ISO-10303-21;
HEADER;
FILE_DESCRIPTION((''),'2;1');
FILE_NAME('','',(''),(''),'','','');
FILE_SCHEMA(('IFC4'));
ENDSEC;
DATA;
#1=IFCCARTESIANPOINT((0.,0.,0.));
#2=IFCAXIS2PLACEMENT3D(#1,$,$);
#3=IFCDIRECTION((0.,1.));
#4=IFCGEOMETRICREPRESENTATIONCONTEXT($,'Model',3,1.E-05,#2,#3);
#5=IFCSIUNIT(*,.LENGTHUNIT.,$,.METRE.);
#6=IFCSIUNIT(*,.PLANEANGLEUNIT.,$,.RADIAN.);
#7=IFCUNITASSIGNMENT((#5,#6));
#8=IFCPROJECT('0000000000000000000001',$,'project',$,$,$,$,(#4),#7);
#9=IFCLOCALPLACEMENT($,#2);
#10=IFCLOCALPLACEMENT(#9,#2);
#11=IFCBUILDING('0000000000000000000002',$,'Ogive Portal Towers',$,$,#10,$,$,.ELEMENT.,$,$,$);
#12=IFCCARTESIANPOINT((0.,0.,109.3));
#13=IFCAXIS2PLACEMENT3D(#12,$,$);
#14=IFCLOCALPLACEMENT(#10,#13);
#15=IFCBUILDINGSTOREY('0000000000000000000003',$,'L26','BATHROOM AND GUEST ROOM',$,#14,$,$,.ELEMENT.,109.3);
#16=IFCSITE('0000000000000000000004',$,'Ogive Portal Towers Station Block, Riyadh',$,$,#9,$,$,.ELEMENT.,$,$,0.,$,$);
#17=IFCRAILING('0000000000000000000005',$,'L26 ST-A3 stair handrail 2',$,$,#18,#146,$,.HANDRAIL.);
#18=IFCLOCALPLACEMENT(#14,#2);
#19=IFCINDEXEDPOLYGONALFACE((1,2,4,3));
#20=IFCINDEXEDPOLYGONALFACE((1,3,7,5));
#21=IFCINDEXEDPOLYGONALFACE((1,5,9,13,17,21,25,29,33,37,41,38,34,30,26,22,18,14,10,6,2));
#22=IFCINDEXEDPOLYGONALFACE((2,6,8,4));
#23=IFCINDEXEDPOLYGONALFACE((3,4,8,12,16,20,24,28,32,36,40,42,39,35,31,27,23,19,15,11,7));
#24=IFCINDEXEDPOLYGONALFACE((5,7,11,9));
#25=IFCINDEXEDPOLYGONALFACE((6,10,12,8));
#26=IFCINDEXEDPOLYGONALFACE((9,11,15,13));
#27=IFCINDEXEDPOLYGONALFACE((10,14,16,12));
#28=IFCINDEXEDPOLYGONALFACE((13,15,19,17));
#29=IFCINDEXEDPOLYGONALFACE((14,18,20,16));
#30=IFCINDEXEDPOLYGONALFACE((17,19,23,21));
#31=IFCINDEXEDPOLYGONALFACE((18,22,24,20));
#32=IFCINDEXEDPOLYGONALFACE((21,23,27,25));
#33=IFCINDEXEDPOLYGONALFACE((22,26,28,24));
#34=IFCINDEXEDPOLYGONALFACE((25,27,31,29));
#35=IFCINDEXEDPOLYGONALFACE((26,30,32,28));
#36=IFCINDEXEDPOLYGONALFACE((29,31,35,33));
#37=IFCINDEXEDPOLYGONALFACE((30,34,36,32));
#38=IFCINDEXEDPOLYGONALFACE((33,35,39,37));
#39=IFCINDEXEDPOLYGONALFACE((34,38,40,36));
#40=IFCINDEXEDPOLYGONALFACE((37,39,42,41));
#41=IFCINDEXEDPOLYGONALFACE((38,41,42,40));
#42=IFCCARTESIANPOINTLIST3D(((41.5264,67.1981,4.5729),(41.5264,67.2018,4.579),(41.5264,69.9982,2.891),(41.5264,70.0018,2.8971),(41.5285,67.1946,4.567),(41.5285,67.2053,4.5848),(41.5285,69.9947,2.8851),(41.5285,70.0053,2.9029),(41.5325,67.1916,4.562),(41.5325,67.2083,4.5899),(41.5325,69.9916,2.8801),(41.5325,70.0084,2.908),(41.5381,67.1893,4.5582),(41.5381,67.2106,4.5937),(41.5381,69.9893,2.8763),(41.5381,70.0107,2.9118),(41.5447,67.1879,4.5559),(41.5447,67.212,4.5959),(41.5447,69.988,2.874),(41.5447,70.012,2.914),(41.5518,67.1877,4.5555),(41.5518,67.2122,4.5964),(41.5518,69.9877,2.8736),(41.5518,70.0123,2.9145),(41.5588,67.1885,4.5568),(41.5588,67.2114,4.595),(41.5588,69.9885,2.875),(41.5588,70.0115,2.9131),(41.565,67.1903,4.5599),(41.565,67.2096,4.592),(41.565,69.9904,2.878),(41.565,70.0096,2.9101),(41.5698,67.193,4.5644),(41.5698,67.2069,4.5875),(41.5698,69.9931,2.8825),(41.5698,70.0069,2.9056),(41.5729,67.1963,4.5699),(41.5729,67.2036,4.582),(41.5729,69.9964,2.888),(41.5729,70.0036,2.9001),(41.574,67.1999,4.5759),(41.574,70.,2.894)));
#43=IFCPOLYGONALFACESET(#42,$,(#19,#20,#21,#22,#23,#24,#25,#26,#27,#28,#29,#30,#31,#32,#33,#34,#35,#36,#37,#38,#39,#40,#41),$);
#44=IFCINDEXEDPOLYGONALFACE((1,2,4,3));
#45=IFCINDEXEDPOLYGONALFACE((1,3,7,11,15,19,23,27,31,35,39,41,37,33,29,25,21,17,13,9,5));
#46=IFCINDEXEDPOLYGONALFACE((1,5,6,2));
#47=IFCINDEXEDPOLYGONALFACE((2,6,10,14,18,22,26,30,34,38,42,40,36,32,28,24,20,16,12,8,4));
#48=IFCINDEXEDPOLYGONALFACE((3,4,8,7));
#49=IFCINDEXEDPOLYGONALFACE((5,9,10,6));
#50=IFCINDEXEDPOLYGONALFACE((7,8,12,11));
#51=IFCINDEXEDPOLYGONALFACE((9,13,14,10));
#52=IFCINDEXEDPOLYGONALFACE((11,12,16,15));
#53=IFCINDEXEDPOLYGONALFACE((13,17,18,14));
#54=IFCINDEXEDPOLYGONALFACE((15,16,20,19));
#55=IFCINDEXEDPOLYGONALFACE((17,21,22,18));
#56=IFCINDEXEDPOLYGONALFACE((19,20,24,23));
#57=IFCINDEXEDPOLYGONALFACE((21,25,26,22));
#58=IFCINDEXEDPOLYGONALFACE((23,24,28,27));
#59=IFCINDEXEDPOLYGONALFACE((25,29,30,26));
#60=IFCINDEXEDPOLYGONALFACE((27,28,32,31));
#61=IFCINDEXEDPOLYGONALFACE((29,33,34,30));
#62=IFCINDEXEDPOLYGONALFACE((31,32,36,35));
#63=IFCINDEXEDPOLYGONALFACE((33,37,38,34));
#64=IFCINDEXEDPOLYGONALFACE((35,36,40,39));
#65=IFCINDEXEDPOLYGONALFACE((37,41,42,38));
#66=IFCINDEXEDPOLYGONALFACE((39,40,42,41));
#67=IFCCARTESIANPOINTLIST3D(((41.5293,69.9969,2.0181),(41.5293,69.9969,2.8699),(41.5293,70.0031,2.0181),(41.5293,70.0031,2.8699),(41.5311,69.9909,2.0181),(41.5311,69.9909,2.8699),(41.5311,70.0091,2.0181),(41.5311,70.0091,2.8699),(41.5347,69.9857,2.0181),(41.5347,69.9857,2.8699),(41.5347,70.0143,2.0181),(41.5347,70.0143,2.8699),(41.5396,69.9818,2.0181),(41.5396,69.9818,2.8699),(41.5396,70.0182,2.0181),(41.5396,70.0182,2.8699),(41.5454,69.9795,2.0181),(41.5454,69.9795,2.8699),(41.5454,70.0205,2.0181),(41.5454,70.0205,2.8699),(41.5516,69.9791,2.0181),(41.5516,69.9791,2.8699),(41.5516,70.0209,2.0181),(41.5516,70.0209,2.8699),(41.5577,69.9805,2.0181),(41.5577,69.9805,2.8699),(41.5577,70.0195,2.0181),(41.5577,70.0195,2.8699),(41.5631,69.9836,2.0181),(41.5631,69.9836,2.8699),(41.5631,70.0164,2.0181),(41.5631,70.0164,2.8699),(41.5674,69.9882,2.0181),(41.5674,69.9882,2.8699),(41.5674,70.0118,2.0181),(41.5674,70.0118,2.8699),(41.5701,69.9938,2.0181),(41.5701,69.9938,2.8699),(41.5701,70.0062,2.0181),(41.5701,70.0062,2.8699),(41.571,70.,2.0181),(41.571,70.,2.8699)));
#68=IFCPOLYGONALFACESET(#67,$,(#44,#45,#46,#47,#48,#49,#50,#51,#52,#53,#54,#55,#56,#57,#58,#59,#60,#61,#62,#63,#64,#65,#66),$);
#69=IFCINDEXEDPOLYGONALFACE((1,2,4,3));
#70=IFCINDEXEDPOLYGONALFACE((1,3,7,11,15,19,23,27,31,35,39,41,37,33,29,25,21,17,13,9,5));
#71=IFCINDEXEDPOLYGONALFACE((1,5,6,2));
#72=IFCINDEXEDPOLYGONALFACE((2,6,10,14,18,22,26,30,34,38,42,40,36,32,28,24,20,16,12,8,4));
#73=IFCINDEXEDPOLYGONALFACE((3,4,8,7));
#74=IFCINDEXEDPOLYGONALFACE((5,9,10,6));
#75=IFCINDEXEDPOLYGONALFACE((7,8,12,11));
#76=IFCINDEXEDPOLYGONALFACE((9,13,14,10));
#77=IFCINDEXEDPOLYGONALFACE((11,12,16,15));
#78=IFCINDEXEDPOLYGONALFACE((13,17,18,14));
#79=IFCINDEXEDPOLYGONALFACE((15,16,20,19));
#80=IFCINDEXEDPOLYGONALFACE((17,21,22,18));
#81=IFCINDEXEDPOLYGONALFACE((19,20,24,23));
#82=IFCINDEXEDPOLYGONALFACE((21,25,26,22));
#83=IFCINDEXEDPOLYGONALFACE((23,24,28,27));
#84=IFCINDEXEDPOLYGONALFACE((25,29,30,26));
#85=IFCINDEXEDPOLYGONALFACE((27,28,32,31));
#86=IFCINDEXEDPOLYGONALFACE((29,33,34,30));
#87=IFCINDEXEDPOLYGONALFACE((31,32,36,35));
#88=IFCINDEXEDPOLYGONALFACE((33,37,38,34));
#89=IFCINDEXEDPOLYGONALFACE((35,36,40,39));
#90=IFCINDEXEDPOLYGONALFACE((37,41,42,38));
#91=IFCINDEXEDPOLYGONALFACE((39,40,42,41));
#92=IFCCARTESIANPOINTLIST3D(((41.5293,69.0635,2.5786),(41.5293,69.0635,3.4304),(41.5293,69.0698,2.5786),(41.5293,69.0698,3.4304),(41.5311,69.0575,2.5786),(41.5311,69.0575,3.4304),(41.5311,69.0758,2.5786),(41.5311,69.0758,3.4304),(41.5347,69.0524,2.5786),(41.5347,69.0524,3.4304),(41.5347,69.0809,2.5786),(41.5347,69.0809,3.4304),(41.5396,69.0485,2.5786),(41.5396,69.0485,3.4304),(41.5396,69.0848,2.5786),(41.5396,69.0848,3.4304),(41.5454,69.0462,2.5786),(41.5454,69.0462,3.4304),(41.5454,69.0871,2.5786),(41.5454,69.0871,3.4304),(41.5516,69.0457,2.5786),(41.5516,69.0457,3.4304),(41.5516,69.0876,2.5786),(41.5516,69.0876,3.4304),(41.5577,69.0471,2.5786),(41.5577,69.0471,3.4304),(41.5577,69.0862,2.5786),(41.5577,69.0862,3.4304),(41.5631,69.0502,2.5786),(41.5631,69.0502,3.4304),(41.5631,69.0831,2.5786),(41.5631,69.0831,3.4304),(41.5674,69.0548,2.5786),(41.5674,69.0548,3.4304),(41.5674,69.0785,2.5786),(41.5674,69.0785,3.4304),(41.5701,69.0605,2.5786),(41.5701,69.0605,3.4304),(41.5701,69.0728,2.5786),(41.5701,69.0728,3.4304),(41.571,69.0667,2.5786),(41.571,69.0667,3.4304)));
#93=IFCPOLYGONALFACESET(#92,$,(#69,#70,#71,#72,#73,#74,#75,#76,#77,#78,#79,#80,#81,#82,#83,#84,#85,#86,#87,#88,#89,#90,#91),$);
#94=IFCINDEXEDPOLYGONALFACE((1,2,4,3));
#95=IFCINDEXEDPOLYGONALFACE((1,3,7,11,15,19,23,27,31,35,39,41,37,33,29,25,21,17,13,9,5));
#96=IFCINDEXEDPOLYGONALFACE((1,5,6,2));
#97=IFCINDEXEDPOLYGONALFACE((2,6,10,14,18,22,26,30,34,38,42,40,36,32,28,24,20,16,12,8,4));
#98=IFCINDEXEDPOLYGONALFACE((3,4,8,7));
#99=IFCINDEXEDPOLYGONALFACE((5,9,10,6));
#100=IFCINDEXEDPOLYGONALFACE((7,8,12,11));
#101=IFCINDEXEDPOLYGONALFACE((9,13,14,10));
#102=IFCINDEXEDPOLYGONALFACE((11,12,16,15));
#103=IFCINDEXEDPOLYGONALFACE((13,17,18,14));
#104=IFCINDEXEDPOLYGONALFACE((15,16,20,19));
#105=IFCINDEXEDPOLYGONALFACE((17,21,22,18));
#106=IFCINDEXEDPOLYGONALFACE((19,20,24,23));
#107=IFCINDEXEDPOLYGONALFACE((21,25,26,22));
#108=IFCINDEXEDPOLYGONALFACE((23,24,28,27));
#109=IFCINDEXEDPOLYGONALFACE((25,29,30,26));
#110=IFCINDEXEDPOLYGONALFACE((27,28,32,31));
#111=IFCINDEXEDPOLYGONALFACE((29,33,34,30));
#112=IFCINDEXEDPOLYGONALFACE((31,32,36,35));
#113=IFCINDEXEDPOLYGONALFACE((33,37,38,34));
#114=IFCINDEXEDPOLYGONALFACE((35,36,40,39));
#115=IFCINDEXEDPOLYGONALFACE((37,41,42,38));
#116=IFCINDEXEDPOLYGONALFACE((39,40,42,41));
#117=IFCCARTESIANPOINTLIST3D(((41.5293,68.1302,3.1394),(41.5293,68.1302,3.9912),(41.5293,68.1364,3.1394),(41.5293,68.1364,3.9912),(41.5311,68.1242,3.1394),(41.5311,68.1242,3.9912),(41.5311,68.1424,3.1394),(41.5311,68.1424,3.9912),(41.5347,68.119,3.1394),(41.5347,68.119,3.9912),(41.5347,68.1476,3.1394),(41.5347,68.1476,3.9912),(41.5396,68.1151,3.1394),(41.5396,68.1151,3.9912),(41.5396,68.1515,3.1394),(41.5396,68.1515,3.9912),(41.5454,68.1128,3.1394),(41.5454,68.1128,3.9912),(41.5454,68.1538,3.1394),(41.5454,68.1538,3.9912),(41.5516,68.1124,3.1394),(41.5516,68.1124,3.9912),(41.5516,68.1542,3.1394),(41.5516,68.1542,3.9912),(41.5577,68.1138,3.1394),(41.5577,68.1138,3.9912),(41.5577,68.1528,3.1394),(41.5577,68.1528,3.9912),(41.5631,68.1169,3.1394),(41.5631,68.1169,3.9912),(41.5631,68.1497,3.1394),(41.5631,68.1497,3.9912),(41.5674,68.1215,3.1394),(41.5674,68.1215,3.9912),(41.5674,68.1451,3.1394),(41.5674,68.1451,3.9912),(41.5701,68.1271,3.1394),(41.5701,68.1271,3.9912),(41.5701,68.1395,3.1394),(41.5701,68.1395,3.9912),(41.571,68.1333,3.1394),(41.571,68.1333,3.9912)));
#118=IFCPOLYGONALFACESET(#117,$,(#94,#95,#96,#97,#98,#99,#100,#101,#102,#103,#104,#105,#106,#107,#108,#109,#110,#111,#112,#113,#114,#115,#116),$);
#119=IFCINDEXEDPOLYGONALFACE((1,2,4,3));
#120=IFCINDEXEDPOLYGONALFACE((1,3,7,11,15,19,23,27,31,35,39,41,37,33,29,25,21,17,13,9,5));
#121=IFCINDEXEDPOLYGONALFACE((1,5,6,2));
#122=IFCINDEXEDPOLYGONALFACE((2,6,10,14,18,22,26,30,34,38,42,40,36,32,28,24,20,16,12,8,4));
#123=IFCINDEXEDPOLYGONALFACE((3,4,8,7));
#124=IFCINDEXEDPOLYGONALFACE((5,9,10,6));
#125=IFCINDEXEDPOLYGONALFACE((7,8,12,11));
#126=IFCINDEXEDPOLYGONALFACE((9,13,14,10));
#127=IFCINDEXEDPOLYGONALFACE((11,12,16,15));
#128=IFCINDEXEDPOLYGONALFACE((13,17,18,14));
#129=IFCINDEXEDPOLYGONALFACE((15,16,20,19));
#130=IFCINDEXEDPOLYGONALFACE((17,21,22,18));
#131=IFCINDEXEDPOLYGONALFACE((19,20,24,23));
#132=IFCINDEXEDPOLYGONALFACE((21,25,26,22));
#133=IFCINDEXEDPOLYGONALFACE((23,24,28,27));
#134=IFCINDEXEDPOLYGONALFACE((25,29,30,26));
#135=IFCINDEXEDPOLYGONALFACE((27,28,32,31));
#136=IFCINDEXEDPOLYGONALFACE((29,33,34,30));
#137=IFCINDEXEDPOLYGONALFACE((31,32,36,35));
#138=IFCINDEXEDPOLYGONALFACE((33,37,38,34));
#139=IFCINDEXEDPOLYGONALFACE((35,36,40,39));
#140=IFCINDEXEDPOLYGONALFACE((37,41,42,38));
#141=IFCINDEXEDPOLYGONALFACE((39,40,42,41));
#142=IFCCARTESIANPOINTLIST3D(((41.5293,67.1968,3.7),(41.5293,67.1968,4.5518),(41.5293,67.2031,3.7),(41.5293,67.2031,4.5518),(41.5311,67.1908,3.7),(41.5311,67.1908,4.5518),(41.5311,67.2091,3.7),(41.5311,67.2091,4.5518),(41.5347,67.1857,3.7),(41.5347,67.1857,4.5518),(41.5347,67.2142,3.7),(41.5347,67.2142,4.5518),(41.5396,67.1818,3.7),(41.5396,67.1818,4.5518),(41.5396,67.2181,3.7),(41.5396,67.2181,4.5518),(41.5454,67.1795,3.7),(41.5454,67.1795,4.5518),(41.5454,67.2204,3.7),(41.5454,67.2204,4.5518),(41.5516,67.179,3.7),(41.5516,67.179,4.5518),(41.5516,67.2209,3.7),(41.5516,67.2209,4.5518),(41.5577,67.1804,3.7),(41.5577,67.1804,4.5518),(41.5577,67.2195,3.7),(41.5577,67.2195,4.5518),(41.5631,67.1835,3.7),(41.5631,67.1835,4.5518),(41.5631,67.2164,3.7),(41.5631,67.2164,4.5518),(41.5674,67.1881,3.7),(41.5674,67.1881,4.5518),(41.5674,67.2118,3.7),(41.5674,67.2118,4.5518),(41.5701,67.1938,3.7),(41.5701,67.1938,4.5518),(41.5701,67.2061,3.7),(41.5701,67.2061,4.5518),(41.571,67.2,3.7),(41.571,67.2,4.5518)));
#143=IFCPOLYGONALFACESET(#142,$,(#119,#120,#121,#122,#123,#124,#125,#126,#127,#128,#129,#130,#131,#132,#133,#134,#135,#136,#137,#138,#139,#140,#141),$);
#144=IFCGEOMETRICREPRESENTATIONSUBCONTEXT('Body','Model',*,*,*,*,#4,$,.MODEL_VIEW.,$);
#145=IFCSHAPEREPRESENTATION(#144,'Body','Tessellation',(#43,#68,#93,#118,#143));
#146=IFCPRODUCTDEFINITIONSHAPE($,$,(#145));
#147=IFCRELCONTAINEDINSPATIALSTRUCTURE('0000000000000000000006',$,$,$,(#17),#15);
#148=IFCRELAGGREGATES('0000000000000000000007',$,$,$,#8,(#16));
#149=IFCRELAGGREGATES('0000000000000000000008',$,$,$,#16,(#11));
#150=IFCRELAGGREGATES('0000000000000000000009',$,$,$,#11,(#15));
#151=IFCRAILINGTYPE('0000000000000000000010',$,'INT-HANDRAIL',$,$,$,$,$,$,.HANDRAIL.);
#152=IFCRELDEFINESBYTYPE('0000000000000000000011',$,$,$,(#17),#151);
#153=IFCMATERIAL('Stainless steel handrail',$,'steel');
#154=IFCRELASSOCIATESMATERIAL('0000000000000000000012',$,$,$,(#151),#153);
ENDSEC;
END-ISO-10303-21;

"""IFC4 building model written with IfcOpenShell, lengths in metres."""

from ifc_helpers import new_model, si_unit, direction, frame, origin, origin_2d, place, context, subcontext, project, spatial, circle, extrude, material, type_object, element, save


model = new_model("IFC4")

# Units and contexts
model_context = context("Model", 3, precision=1e-05, world=origin(), true_north=direction((0.0, 1.0)))
body_context = subcontext(model_context, "Body", "Model", "MODEL_VIEW")
ifc_project = project(units=[si_unit("LENGTHUNIT", "METRE"), si_unit("PLANEANGLEUNIT", "RADIAN")], contexts=[model_context])

# Site, building, storey
site_placement = place(None, origin())
site = spatial("IfcSite", under=ifc_project, at=site_placement, Name="Ogive Portal Towers Station Block, Riyadh", CompositionType="ELEMENT", RefElevation=0.0)
building_placement = place(site_placement, origin())
building = spatial("IfcBuilding", under=site, at=building_placement, Name="Ogive Portal Towers", CompositionType="ELEMENT")
storey_placement = place(building_placement, frame((0.0, 0.0, 109.3)))
storey = spatial("IfcBuildingStorey", under=building, at=storey_placement, Name="L26", Description="BATHROOM AND GUEST ROOM", CompositionType="ELEMENT", Elevation=109.3)

# Railing
ifc_material_1 = material(Name="Stainless steel handrail", Category="steel")
railing_type_1 = type_object("IfcRailingType", Name="INT-HANDRAIL", PredefinedType="HANDRAIL", material=ifc_material_1)
railing_1_placement = place(storey_placement, frame((41.55, 70.0, 2.0181)))
element("IfcRailing", 1, at=railing_1_placement, inside=storey, type_object=railing_type_1, Name="L26 ST-A3 stair handrail 2", PredefinedType="HANDRAIL", context=body_context, shape_type="SweptSolid", body=[
    extrude(circle(Radius=0.0239, at=origin_2d()), frame((0.0, 0.0, 0.876), z_axis=(0.0, -0.857242, 0.514913), x_axis=(1.0, 0.0, 0.0)), (0.0, 0.0, 1.0), 3.2664),
    extrude(circle(Radius=0.021, at=origin_2d()), origin(), (0.0, 0.0, 1.0), 0.8518),
    extrude(circle(Radius=0.021, at=origin_2d()), frame((0.0, -0.9333, 0.5605)), (0.0, 0.0, 1.0), 0.8518),
    extrude(circle(Radius=0.021, at=origin_2d()), frame((0.0, -1.8667, 1.1213)), (0.0, 0.0, 1.0), 0.8518),
    extrude(circle(Radius=0.021, at=origin_2d()), frame((0.0, -2.8, 1.6819)), (0.0, 0.0, 1.0), 0.8518),
])

save(model, "model.ifc")
